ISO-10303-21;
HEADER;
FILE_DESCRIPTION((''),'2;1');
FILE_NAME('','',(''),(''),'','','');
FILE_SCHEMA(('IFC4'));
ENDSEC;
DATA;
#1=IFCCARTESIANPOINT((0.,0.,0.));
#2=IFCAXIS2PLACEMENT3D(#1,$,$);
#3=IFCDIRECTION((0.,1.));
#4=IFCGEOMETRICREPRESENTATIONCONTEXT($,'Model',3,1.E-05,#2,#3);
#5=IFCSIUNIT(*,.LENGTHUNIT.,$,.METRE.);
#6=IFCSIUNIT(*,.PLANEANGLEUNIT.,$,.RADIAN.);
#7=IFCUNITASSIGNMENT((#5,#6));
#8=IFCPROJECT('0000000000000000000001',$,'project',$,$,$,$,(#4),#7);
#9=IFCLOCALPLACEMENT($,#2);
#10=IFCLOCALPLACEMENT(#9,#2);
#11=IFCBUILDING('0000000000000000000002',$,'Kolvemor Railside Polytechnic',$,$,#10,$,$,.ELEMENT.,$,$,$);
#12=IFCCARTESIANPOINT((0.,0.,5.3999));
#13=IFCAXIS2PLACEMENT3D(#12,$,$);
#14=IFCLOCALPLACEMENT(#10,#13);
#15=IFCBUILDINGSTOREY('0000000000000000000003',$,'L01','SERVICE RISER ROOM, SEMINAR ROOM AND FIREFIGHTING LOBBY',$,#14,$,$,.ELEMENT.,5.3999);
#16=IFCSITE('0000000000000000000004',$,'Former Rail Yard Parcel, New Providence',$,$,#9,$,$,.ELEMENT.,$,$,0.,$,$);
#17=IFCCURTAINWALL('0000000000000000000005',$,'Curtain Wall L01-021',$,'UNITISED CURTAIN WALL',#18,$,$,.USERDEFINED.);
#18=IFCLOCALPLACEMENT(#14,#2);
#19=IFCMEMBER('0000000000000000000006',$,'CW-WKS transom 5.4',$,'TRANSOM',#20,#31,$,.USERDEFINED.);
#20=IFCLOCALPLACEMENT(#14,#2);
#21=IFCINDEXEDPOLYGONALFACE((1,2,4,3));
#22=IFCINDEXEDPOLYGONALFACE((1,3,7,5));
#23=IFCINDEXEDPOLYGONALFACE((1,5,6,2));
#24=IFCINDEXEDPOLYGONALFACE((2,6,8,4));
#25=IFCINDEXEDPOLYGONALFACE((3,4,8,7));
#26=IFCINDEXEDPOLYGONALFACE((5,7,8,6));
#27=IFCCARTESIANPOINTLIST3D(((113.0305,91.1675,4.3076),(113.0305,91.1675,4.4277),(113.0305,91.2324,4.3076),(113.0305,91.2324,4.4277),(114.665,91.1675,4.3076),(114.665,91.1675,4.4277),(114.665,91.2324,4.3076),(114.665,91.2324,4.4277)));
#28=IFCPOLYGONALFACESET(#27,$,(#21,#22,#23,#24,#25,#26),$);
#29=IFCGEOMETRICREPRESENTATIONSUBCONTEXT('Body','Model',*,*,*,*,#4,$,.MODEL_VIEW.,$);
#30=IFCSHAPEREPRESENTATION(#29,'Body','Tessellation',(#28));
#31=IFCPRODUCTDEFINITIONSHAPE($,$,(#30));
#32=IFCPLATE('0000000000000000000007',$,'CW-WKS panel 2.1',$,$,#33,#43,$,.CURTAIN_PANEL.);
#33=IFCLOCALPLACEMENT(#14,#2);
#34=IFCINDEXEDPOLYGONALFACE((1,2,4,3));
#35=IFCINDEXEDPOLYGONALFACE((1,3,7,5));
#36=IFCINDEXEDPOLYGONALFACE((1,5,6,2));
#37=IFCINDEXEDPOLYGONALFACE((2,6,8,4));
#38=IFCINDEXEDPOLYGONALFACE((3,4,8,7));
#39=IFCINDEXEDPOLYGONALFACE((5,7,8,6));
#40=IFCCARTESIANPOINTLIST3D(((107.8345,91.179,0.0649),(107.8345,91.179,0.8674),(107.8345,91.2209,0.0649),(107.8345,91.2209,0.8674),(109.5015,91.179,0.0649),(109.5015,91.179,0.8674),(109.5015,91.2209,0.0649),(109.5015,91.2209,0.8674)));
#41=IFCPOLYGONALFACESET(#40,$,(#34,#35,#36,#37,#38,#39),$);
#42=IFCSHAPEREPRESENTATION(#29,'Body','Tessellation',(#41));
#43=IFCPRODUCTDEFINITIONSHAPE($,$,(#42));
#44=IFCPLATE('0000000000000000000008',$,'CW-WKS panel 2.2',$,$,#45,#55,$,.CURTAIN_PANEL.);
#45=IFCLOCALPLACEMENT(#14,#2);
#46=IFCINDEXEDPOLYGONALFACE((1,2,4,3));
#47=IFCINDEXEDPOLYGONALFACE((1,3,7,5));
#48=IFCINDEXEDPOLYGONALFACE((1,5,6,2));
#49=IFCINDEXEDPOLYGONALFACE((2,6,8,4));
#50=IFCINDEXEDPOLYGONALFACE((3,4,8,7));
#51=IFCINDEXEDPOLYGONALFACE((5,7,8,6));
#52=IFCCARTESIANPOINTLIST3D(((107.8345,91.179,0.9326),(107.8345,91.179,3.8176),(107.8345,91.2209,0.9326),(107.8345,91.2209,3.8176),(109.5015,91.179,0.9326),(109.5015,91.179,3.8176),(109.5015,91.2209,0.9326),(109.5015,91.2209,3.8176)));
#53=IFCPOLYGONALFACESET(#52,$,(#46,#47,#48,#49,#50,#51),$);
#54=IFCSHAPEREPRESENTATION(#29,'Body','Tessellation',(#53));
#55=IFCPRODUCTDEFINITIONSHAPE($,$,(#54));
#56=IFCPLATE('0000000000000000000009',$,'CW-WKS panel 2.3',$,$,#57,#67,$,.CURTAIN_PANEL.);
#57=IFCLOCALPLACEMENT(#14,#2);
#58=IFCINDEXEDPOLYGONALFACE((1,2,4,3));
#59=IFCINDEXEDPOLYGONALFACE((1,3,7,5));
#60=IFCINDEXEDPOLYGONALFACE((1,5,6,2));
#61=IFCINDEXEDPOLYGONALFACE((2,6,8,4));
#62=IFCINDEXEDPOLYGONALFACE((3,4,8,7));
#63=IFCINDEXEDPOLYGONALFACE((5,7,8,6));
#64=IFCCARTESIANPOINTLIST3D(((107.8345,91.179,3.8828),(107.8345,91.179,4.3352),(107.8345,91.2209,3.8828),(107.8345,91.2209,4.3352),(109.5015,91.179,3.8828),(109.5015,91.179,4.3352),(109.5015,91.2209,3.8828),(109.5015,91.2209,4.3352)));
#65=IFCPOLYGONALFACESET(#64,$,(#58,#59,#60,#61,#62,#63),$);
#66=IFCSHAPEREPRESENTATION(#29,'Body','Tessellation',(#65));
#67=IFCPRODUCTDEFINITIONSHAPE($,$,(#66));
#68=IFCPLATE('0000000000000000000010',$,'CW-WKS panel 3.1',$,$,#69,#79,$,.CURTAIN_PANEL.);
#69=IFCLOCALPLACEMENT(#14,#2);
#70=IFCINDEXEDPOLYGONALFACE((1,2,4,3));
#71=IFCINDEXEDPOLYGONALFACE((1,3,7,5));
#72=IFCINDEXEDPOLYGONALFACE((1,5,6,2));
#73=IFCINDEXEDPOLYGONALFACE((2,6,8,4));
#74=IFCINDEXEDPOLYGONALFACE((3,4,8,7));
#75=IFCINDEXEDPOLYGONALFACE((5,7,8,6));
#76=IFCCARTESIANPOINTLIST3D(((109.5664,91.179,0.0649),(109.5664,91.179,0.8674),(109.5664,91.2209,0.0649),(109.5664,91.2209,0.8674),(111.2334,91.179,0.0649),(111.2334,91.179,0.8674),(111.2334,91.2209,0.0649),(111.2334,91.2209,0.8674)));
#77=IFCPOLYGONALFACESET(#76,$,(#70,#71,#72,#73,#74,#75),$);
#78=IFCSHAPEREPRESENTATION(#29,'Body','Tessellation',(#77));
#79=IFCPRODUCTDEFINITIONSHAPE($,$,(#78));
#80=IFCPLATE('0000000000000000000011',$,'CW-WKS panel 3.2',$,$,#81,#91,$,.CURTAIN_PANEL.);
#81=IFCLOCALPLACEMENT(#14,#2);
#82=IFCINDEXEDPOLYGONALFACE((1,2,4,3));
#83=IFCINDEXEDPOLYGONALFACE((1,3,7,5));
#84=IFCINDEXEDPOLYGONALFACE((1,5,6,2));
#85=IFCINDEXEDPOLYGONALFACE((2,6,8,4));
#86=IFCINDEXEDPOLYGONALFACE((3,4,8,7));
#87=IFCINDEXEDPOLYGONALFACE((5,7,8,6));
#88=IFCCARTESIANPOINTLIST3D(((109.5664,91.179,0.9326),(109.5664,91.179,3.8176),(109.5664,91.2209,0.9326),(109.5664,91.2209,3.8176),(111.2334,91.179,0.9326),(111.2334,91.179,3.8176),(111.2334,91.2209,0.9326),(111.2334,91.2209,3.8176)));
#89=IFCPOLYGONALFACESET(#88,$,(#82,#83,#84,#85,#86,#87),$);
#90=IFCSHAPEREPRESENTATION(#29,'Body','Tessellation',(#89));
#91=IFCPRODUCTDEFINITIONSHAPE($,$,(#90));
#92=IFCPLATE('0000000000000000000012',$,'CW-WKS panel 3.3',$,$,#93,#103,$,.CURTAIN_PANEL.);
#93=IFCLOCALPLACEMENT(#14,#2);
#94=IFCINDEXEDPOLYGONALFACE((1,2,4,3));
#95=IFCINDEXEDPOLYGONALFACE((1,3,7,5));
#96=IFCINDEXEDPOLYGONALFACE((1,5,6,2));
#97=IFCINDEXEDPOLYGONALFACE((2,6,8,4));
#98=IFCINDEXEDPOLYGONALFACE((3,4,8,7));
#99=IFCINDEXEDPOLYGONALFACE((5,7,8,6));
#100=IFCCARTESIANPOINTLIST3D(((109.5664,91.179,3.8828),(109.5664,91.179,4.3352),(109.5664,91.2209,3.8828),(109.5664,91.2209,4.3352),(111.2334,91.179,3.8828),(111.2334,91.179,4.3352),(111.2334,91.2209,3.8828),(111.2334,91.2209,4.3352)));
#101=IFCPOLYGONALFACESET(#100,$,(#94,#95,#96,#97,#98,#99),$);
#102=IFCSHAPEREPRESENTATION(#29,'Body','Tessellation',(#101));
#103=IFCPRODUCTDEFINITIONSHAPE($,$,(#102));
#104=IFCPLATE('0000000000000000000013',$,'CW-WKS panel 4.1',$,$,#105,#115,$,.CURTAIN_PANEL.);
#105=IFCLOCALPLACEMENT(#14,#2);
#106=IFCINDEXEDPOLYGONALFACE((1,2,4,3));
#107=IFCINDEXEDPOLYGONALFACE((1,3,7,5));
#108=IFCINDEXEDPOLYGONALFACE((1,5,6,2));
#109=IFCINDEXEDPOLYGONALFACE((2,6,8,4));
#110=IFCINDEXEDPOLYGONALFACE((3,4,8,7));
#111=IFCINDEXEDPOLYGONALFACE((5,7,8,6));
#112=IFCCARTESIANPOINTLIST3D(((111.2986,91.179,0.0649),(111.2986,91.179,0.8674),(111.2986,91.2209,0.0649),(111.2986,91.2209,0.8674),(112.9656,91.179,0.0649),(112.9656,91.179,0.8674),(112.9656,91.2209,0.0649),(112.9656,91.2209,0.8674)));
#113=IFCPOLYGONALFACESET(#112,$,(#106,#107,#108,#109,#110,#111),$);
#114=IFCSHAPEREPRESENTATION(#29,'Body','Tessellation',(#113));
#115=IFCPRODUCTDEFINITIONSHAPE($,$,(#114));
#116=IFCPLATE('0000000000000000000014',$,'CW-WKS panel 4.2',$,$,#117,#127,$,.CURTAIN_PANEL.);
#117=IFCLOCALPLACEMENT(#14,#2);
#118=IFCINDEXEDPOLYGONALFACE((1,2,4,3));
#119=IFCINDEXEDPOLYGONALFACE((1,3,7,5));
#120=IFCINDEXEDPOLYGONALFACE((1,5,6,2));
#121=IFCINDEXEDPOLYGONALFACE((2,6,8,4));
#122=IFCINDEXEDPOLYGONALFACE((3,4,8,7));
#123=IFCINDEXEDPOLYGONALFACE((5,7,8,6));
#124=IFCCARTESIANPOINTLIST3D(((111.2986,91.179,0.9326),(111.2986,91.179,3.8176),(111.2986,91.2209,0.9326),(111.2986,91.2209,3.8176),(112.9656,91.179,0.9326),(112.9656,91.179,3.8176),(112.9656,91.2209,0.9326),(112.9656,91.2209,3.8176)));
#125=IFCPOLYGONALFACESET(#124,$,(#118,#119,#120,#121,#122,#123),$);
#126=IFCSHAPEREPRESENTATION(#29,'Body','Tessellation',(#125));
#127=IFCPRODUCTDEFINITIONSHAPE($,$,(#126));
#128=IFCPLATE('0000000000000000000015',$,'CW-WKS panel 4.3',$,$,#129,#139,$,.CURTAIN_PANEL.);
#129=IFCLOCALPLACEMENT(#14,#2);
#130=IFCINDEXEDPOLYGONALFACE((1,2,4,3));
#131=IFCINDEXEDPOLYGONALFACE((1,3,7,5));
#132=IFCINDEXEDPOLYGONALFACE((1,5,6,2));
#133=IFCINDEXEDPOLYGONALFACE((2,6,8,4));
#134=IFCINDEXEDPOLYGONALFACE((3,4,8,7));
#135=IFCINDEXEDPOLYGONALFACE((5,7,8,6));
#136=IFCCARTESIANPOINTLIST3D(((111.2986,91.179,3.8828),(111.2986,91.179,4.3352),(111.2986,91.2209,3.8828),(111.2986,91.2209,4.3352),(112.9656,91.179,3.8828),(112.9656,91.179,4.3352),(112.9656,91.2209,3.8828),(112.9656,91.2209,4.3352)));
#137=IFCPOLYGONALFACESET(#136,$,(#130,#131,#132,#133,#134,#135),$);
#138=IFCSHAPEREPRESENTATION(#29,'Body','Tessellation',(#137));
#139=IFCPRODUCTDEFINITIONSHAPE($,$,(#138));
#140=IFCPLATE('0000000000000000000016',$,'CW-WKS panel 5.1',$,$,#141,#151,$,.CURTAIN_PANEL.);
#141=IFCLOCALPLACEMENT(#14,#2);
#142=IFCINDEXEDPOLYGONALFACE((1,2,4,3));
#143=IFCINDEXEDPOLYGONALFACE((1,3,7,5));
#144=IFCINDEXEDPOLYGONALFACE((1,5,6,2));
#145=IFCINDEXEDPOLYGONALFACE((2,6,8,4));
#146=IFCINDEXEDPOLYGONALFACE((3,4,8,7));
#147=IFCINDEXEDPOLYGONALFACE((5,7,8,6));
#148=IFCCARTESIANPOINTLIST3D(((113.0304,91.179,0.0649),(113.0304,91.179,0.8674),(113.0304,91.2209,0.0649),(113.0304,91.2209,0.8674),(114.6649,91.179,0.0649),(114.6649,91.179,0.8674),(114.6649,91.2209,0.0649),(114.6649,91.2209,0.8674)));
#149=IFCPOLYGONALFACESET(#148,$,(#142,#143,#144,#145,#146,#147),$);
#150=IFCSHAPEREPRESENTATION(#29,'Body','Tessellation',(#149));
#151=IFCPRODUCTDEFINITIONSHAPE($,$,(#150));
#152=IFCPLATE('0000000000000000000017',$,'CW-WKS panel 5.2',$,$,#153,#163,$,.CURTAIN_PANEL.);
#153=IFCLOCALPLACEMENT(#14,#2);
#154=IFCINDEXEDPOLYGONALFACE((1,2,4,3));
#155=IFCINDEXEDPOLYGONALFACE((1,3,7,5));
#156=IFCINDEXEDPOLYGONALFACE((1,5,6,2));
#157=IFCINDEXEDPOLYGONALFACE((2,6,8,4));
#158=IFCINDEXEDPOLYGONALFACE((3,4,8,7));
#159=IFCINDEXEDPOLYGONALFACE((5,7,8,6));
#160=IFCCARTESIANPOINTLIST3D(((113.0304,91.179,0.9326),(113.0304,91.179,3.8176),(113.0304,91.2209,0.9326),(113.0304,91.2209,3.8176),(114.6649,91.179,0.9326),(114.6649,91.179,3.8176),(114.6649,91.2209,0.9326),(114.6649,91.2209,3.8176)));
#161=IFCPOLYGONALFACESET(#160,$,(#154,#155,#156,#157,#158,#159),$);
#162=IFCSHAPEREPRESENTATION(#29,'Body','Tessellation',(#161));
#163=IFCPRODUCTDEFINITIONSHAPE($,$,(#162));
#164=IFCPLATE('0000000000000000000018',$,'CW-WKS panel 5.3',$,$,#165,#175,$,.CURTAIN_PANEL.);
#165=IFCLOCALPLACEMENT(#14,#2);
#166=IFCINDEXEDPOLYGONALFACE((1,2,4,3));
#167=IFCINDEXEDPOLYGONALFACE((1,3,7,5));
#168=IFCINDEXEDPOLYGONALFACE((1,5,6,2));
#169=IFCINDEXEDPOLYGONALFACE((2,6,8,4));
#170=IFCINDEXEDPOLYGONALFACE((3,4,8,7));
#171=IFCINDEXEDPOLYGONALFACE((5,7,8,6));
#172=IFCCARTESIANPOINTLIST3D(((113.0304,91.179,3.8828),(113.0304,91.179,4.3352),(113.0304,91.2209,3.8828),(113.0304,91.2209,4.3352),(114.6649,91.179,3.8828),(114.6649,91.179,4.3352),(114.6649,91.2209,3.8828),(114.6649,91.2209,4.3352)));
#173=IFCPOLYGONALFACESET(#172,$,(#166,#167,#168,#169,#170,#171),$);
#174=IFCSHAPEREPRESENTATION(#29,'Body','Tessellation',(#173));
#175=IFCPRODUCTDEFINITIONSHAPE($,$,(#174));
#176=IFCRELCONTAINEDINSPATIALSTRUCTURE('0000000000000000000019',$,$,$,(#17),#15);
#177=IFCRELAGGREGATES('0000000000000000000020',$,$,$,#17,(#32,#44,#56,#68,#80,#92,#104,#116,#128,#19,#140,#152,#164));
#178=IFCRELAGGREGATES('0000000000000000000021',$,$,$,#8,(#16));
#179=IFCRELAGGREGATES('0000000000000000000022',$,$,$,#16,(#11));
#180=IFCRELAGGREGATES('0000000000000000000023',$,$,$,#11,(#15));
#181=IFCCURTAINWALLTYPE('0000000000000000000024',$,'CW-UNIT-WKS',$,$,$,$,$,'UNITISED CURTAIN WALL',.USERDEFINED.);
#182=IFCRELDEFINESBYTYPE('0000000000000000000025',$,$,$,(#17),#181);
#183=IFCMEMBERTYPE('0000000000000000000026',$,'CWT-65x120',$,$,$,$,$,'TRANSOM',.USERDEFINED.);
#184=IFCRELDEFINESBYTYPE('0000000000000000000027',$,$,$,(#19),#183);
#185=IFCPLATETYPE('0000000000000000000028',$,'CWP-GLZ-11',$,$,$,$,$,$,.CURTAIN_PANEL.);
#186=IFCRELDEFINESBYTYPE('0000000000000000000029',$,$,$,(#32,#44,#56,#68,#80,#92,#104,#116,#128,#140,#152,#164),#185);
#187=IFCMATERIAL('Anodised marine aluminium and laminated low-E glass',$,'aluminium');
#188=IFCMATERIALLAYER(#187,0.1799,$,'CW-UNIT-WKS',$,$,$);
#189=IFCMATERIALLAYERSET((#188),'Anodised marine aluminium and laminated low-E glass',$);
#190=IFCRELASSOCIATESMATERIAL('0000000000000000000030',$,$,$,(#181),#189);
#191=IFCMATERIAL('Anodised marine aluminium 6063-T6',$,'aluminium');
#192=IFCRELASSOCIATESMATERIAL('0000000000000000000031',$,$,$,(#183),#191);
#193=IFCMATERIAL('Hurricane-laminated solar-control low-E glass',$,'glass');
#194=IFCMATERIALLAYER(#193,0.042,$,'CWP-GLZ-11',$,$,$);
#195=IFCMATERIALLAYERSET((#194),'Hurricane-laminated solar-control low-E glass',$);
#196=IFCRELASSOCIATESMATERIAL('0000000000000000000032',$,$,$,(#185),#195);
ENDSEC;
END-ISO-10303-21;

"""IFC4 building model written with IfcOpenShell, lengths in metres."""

from ifc_helpers import new_model, si_unit, direction, frame, origin, origin_2d, place, context, subcontext, project, spatial, rectangle, extrude, material, layer, layer_set, material_profile, profile_set, type_object, element, aggregate, save


model = new_model("IFC4")

# Units and contexts
model_context = context("Model", 3, precision=1e-05, world=origin(), true_north=direction((0.0, 1.0)))
body_context = subcontext(model_context, "Body", "Model", "MODEL_VIEW")
ifc_project = project(units=[si_unit("LENGTHUNIT", "METRE"), si_unit("PLANEANGLEUNIT", "RADIAN")], contexts=[model_context])

# Site, building, storey
site_placement = place(None, origin())
site = spatial("IfcSite", under=ifc_project, at=site_placement, Name="Former Rail Yard Parcel, New Providence", CompositionType="ELEMENT", RefElevation=0.0)
building_placement = place(site_placement, origin())
building = spatial("IfcBuilding", under=site, at=building_placement, Name="Kolvemor Railside Polytechnic", CompositionType="ELEMENT")
storey_placement = place(building_placement, frame((0.0, 0.0, 5.3999)))
storey = spatial("IfcBuildingStorey", under=building, at=storey_placement, Name="L01", Description="SERVICE RISER ROOM, SEMINAR ROOM AND FIREFIGHTING LOBBY", CompositionType="ELEMENT", Elevation=5.3999)

# Curtain wall, member, plates
ifc_material_1 = material(Name="Anodised marine aluminium and laminated low-E glass", Category="aluminium")
ifc_layer_1 = layer(ifc_material_1, 0.1799, Name="CW-UNIT-WKS")
ifc_layer_set_1 = layer_set([ifc_layer_1], Name="Anodised marine aluminium and laminated low-E glass")
curtain_wall_type = type_object("IfcCurtainWallType", Name="CW-UNIT-WKS", ElementType="UNITISED CURTAIN WALL", PredefinedType="USERDEFINED", material=ifc_layer_set_1)
curtain_wall_placement = place(storey_placement, origin())
curtain_wall = element("IfcCurtainWall", 1, at=curtain_wall_placement, inside=storey, type_object=curtain_wall_type, Name="Curtain Wall L01-021", ObjectType="UNITISED CURTAIN WALL", PredefinedType="USERDEFINED")
ifc_material_2 = material(Name="Anodised marine aluminium 6063-T6", Category="aluminium")
ifc_material_profile_1 = material_profile(ifc_material_2, rectangle(XDim=0.0649, YDim=0.1201, at=origin_2d()), Name="CW-TRN-65x120")
ifc_profile_set_1 = profile_set([ifc_material_profile_1], Name="Anodised marine aluminium 6063-T6")
member_type_1 = type_object("IfcMemberType", Name="CWT-65x120", ElementType="TRANSOM", PredefinedType="USERDEFINED", material=ifc_profile_set_1)
member_1_placement = place(storey_placement, frame((113.0305, 91.2, 4.3677), z_axis=(1.0, 0.0, 0.0), x_axis=(0.0, 1.0, 0.0)))
member_1 = element("IfcMember", 2, at=member_1_placement, type_object=member_type_1, Name="CW-WKS transom 5.4", ObjectType="TRANSOM", PredefinedType="USERDEFINED", context=body_context, shape_type="SweptSolid", body=[
    extrude(rectangle(XDim=0.0649, YDim=0.1201, at=origin_2d()), origin(), (0.0, 0.0, 1.0), 1.6345),
])
ifc_material_3 = material(Name="Hurricane-laminated solar-control low-E glass", Category="glass")
ifc_layer_2 = layer(ifc_material_3, 0.042, Name="CWP-GLZ-11")
ifc_layer_set_2 = layer_set([ifc_layer_2], Name="Hurricane-laminated solar-control low-E glass")
plate_type = type_object("IfcPlateType", Name="CWP-GLZ-11", PredefinedType="CURTAIN_PANEL", material=ifc_layer_set_2)
plate_1_placement = place(storey_placement, frame((108.668, 91.2, 0.0649), z_axis=(0.0, 0.0, 1.0), x_axis=(1.0, 0.0, 0.0)))
plate_1 = element("IfcPlate", 3, at=plate_1_placement, type_object=plate_type, Name="CW-WKS panel 2.1", PredefinedType="CURTAIN_PANEL", context=body_context, shape_type="SweptSolid", body=[
    extrude(rectangle(XDim=1.667, YDim=0.042, at=origin_2d()), origin(), (0.0, 0.0, 1.0), 0.8025),
])
plate_2_placement = place(storey_placement, frame((108.668, 91.2, 0.9326), z_axis=(0.0, 0.0, 1.0), x_axis=(1.0, 0.0, 0.0)))
plate_2 = element("IfcPlate", 4, at=plate_2_placement, type_object=plate_type, Name="CW-WKS panel 2.2", PredefinedType="CURTAIN_PANEL", context=body_context, shape_type="SweptSolid", body=[
    extrude(rectangle(XDim=1.667, YDim=0.042, at=origin_2d()), origin(), (0.0, 0.0, 1.0), 2.885),
])
plate_3_placement = place(storey_placement, frame((108.668, 91.2, 3.8828), z_axis=(0.0, 0.0, 1.0), x_axis=(1.0, 0.0, 0.0)))
plate_3 = element("IfcPlate", 5, at=plate_3_placement, type_object=plate_type, Name="CW-WKS panel 2.3", PredefinedType="CURTAIN_PANEL", context=body_context, shape_type="SweptSolid", body=[
    extrude(rectangle(XDim=1.667, YDim=0.042, at=origin_2d()), origin(), (0.0, 0.0, 1.0), 0.4524),
])
plate_4_placement = place(storey_placement, frame((110.3999, 91.2, 0.0649), z_axis=(0.0, 0.0, 1.0), x_axis=(1.0, 0.0, 0.0)))
plate_4 = element("IfcPlate", 6, at=plate_4_placement, type_object=plate_type, Name="CW-WKS panel 3.1", PredefinedType="CURTAIN_PANEL", context=body_context, shape_type="SweptSolid", body=[
    extrude(rectangle(XDim=1.667, YDim=0.042, at=origin_2d()), origin(), (0.0, 0.0, 1.0), 0.8025),
])
plate_5_placement = place(storey_placement, frame((110.3999, 91.2, 0.9326), z_axis=(0.0, 0.0, 1.0), x_axis=(1.0, 0.0, 0.0)))
plate_5 = element("IfcPlate", 7, at=plate_5_placement, type_object=plate_type, Name="CW-WKS panel 3.2", PredefinedType="CURTAIN_PANEL", context=body_context, shape_type="SweptSolid", body=[
    extrude(rectangle(XDim=1.667, YDim=0.042, at=origin_2d()), origin(), (0.0, 0.0, 1.0), 2.885),
])
plate_6_placement = place(storey_placement, frame((110.3999, 91.2, 3.8828), z_axis=(0.0, 0.0, 1.0), x_axis=(1.0, 0.0, 0.0)))
plate_6 = element("IfcPlate", 8, at=plate_6_placement, type_object=plate_type, Name="CW-WKS panel 3.3", PredefinedType="CURTAIN_PANEL", context=body_context, shape_type="SweptSolid", body=[
    extrude(rectangle(XDim=1.667, YDim=0.042, at=origin_2d()), origin(), (0.0, 0.0, 1.0), 0.4524),
])
plate_7_placement = place(storey_placement, frame((112.1321, 91.2, 0.0649), z_axis=(0.0, 0.0, 1.0), x_axis=(1.0, 0.0, 0.0)))
plate_7 = element("IfcPlate", 9, at=plate_7_placement, type_object=plate_type, Name="CW-WKS panel 4.1", PredefinedType="CURTAIN_PANEL", context=body_context, shape_type="SweptSolid", body=[
    extrude(rectangle(XDim=1.667, YDim=0.042, at=origin_2d()), origin(), (0.0, 0.0, 1.0), 0.8025),
])
plate_8_placement = place(storey_placement, frame((112.1321, 91.2, 0.9326), z_axis=(0.0, 0.0, 1.0), x_axis=(1.0, 0.0, 0.0)))
plate_8 = element("IfcPlate", 10, at=plate_8_placement, type_object=plate_type, Name="CW-WKS panel 4.2", PredefinedType="CURTAIN_PANEL", context=body_context, shape_type="SweptSolid", body=[
    extrude(rectangle(XDim=1.667, YDim=0.042, at=origin_2d()), origin(), (0.0, 0.0, 1.0), 2.885),
])
plate_9_placement = place(storey_placement, frame((112.1321, 91.2, 3.8828), z_axis=(0.0, 0.0, 1.0), x_axis=(1.0, 0.0, 0.0)))
plate_9 = element("IfcPlate", 11, at=plate_9_placement, type_object=plate_type, Name="CW-WKS panel 4.3", PredefinedType="CURTAIN_PANEL", context=body_context, shape_type="SweptSolid", body=[
    extrude(rectangle(XDim=1.667, YDim=0.042, at=origin_2d()), origin(), (0.0, 0.0, 1.0), 0.4524),
])
plate_10_placement = place(storey_placement, frame((113.8477, 91.2, 0.0649), z_axis=(0.0, 0.0, 1.0), x_axis=(1.0, 0.0, 0.0)))
plate_10 = element("IfcPlate", 12, at=plate_10_placement, type_object=plate_type, Name="CW-WKS panel 5.1", PredefinedType="CURTAIN_PANEL", context=body_context, shape_type="SweptSolid", body=[
    extrude(rectangle(XDim=1.6345, YDim=0.042, at=origin_2d()), origin(), (0.0, 0.0, 1.0), 0.8025),
])
plate_11_placement = place(storey_placement, frame((113.8477, 91.2, 0.9326), z_axis=(0.0, 0.0, 1.0), x_axis=(1.0, 0.0, 0.0)))
plate_11 = element("IfcPlate", 13, at=plate_11_placement, type_object=plate_type, Name="CW-WKS panel 5.2", PredefinedType="CURTAIN_PANEL", context=body_context, shape_type="SweptSolid", body=[
    extrude(rectangle(XDim=1.6345, YDim=0.042, at=origin_2d()), origin(), (0.0, 0.0, 1.0), 2.885),
])
plate_12_placement = place(storey_placement, frame((113.8477, 91.2, 3.8828), z_axis=(0.0, 0.0, 1.0), x_axis=(1.0, 0.0, 0.0)))
plate_12 = element("IfcPlate", 14, at=plate_12_placement, type_object=plate_type, Name="CW-WKS panel 5.3", PredefinedType="CURTAIN_PANEL", context=body_context, shape_type="SweptSolid", body=[
    extrude(rectangle(XDim=1.6345, YDim=0.042, at=origin_2d()), origin(), (0.0, 0.0, 1.0), 0.4524),
])
aggregate(curtain_wall, [plate_1, plate_2, plate_3, plate_4, plate_5, plate_6, plate_7, plate_8, plate_9, member_1, plate_10, plate_11, plate_12])

save(model, "model.ifc")
